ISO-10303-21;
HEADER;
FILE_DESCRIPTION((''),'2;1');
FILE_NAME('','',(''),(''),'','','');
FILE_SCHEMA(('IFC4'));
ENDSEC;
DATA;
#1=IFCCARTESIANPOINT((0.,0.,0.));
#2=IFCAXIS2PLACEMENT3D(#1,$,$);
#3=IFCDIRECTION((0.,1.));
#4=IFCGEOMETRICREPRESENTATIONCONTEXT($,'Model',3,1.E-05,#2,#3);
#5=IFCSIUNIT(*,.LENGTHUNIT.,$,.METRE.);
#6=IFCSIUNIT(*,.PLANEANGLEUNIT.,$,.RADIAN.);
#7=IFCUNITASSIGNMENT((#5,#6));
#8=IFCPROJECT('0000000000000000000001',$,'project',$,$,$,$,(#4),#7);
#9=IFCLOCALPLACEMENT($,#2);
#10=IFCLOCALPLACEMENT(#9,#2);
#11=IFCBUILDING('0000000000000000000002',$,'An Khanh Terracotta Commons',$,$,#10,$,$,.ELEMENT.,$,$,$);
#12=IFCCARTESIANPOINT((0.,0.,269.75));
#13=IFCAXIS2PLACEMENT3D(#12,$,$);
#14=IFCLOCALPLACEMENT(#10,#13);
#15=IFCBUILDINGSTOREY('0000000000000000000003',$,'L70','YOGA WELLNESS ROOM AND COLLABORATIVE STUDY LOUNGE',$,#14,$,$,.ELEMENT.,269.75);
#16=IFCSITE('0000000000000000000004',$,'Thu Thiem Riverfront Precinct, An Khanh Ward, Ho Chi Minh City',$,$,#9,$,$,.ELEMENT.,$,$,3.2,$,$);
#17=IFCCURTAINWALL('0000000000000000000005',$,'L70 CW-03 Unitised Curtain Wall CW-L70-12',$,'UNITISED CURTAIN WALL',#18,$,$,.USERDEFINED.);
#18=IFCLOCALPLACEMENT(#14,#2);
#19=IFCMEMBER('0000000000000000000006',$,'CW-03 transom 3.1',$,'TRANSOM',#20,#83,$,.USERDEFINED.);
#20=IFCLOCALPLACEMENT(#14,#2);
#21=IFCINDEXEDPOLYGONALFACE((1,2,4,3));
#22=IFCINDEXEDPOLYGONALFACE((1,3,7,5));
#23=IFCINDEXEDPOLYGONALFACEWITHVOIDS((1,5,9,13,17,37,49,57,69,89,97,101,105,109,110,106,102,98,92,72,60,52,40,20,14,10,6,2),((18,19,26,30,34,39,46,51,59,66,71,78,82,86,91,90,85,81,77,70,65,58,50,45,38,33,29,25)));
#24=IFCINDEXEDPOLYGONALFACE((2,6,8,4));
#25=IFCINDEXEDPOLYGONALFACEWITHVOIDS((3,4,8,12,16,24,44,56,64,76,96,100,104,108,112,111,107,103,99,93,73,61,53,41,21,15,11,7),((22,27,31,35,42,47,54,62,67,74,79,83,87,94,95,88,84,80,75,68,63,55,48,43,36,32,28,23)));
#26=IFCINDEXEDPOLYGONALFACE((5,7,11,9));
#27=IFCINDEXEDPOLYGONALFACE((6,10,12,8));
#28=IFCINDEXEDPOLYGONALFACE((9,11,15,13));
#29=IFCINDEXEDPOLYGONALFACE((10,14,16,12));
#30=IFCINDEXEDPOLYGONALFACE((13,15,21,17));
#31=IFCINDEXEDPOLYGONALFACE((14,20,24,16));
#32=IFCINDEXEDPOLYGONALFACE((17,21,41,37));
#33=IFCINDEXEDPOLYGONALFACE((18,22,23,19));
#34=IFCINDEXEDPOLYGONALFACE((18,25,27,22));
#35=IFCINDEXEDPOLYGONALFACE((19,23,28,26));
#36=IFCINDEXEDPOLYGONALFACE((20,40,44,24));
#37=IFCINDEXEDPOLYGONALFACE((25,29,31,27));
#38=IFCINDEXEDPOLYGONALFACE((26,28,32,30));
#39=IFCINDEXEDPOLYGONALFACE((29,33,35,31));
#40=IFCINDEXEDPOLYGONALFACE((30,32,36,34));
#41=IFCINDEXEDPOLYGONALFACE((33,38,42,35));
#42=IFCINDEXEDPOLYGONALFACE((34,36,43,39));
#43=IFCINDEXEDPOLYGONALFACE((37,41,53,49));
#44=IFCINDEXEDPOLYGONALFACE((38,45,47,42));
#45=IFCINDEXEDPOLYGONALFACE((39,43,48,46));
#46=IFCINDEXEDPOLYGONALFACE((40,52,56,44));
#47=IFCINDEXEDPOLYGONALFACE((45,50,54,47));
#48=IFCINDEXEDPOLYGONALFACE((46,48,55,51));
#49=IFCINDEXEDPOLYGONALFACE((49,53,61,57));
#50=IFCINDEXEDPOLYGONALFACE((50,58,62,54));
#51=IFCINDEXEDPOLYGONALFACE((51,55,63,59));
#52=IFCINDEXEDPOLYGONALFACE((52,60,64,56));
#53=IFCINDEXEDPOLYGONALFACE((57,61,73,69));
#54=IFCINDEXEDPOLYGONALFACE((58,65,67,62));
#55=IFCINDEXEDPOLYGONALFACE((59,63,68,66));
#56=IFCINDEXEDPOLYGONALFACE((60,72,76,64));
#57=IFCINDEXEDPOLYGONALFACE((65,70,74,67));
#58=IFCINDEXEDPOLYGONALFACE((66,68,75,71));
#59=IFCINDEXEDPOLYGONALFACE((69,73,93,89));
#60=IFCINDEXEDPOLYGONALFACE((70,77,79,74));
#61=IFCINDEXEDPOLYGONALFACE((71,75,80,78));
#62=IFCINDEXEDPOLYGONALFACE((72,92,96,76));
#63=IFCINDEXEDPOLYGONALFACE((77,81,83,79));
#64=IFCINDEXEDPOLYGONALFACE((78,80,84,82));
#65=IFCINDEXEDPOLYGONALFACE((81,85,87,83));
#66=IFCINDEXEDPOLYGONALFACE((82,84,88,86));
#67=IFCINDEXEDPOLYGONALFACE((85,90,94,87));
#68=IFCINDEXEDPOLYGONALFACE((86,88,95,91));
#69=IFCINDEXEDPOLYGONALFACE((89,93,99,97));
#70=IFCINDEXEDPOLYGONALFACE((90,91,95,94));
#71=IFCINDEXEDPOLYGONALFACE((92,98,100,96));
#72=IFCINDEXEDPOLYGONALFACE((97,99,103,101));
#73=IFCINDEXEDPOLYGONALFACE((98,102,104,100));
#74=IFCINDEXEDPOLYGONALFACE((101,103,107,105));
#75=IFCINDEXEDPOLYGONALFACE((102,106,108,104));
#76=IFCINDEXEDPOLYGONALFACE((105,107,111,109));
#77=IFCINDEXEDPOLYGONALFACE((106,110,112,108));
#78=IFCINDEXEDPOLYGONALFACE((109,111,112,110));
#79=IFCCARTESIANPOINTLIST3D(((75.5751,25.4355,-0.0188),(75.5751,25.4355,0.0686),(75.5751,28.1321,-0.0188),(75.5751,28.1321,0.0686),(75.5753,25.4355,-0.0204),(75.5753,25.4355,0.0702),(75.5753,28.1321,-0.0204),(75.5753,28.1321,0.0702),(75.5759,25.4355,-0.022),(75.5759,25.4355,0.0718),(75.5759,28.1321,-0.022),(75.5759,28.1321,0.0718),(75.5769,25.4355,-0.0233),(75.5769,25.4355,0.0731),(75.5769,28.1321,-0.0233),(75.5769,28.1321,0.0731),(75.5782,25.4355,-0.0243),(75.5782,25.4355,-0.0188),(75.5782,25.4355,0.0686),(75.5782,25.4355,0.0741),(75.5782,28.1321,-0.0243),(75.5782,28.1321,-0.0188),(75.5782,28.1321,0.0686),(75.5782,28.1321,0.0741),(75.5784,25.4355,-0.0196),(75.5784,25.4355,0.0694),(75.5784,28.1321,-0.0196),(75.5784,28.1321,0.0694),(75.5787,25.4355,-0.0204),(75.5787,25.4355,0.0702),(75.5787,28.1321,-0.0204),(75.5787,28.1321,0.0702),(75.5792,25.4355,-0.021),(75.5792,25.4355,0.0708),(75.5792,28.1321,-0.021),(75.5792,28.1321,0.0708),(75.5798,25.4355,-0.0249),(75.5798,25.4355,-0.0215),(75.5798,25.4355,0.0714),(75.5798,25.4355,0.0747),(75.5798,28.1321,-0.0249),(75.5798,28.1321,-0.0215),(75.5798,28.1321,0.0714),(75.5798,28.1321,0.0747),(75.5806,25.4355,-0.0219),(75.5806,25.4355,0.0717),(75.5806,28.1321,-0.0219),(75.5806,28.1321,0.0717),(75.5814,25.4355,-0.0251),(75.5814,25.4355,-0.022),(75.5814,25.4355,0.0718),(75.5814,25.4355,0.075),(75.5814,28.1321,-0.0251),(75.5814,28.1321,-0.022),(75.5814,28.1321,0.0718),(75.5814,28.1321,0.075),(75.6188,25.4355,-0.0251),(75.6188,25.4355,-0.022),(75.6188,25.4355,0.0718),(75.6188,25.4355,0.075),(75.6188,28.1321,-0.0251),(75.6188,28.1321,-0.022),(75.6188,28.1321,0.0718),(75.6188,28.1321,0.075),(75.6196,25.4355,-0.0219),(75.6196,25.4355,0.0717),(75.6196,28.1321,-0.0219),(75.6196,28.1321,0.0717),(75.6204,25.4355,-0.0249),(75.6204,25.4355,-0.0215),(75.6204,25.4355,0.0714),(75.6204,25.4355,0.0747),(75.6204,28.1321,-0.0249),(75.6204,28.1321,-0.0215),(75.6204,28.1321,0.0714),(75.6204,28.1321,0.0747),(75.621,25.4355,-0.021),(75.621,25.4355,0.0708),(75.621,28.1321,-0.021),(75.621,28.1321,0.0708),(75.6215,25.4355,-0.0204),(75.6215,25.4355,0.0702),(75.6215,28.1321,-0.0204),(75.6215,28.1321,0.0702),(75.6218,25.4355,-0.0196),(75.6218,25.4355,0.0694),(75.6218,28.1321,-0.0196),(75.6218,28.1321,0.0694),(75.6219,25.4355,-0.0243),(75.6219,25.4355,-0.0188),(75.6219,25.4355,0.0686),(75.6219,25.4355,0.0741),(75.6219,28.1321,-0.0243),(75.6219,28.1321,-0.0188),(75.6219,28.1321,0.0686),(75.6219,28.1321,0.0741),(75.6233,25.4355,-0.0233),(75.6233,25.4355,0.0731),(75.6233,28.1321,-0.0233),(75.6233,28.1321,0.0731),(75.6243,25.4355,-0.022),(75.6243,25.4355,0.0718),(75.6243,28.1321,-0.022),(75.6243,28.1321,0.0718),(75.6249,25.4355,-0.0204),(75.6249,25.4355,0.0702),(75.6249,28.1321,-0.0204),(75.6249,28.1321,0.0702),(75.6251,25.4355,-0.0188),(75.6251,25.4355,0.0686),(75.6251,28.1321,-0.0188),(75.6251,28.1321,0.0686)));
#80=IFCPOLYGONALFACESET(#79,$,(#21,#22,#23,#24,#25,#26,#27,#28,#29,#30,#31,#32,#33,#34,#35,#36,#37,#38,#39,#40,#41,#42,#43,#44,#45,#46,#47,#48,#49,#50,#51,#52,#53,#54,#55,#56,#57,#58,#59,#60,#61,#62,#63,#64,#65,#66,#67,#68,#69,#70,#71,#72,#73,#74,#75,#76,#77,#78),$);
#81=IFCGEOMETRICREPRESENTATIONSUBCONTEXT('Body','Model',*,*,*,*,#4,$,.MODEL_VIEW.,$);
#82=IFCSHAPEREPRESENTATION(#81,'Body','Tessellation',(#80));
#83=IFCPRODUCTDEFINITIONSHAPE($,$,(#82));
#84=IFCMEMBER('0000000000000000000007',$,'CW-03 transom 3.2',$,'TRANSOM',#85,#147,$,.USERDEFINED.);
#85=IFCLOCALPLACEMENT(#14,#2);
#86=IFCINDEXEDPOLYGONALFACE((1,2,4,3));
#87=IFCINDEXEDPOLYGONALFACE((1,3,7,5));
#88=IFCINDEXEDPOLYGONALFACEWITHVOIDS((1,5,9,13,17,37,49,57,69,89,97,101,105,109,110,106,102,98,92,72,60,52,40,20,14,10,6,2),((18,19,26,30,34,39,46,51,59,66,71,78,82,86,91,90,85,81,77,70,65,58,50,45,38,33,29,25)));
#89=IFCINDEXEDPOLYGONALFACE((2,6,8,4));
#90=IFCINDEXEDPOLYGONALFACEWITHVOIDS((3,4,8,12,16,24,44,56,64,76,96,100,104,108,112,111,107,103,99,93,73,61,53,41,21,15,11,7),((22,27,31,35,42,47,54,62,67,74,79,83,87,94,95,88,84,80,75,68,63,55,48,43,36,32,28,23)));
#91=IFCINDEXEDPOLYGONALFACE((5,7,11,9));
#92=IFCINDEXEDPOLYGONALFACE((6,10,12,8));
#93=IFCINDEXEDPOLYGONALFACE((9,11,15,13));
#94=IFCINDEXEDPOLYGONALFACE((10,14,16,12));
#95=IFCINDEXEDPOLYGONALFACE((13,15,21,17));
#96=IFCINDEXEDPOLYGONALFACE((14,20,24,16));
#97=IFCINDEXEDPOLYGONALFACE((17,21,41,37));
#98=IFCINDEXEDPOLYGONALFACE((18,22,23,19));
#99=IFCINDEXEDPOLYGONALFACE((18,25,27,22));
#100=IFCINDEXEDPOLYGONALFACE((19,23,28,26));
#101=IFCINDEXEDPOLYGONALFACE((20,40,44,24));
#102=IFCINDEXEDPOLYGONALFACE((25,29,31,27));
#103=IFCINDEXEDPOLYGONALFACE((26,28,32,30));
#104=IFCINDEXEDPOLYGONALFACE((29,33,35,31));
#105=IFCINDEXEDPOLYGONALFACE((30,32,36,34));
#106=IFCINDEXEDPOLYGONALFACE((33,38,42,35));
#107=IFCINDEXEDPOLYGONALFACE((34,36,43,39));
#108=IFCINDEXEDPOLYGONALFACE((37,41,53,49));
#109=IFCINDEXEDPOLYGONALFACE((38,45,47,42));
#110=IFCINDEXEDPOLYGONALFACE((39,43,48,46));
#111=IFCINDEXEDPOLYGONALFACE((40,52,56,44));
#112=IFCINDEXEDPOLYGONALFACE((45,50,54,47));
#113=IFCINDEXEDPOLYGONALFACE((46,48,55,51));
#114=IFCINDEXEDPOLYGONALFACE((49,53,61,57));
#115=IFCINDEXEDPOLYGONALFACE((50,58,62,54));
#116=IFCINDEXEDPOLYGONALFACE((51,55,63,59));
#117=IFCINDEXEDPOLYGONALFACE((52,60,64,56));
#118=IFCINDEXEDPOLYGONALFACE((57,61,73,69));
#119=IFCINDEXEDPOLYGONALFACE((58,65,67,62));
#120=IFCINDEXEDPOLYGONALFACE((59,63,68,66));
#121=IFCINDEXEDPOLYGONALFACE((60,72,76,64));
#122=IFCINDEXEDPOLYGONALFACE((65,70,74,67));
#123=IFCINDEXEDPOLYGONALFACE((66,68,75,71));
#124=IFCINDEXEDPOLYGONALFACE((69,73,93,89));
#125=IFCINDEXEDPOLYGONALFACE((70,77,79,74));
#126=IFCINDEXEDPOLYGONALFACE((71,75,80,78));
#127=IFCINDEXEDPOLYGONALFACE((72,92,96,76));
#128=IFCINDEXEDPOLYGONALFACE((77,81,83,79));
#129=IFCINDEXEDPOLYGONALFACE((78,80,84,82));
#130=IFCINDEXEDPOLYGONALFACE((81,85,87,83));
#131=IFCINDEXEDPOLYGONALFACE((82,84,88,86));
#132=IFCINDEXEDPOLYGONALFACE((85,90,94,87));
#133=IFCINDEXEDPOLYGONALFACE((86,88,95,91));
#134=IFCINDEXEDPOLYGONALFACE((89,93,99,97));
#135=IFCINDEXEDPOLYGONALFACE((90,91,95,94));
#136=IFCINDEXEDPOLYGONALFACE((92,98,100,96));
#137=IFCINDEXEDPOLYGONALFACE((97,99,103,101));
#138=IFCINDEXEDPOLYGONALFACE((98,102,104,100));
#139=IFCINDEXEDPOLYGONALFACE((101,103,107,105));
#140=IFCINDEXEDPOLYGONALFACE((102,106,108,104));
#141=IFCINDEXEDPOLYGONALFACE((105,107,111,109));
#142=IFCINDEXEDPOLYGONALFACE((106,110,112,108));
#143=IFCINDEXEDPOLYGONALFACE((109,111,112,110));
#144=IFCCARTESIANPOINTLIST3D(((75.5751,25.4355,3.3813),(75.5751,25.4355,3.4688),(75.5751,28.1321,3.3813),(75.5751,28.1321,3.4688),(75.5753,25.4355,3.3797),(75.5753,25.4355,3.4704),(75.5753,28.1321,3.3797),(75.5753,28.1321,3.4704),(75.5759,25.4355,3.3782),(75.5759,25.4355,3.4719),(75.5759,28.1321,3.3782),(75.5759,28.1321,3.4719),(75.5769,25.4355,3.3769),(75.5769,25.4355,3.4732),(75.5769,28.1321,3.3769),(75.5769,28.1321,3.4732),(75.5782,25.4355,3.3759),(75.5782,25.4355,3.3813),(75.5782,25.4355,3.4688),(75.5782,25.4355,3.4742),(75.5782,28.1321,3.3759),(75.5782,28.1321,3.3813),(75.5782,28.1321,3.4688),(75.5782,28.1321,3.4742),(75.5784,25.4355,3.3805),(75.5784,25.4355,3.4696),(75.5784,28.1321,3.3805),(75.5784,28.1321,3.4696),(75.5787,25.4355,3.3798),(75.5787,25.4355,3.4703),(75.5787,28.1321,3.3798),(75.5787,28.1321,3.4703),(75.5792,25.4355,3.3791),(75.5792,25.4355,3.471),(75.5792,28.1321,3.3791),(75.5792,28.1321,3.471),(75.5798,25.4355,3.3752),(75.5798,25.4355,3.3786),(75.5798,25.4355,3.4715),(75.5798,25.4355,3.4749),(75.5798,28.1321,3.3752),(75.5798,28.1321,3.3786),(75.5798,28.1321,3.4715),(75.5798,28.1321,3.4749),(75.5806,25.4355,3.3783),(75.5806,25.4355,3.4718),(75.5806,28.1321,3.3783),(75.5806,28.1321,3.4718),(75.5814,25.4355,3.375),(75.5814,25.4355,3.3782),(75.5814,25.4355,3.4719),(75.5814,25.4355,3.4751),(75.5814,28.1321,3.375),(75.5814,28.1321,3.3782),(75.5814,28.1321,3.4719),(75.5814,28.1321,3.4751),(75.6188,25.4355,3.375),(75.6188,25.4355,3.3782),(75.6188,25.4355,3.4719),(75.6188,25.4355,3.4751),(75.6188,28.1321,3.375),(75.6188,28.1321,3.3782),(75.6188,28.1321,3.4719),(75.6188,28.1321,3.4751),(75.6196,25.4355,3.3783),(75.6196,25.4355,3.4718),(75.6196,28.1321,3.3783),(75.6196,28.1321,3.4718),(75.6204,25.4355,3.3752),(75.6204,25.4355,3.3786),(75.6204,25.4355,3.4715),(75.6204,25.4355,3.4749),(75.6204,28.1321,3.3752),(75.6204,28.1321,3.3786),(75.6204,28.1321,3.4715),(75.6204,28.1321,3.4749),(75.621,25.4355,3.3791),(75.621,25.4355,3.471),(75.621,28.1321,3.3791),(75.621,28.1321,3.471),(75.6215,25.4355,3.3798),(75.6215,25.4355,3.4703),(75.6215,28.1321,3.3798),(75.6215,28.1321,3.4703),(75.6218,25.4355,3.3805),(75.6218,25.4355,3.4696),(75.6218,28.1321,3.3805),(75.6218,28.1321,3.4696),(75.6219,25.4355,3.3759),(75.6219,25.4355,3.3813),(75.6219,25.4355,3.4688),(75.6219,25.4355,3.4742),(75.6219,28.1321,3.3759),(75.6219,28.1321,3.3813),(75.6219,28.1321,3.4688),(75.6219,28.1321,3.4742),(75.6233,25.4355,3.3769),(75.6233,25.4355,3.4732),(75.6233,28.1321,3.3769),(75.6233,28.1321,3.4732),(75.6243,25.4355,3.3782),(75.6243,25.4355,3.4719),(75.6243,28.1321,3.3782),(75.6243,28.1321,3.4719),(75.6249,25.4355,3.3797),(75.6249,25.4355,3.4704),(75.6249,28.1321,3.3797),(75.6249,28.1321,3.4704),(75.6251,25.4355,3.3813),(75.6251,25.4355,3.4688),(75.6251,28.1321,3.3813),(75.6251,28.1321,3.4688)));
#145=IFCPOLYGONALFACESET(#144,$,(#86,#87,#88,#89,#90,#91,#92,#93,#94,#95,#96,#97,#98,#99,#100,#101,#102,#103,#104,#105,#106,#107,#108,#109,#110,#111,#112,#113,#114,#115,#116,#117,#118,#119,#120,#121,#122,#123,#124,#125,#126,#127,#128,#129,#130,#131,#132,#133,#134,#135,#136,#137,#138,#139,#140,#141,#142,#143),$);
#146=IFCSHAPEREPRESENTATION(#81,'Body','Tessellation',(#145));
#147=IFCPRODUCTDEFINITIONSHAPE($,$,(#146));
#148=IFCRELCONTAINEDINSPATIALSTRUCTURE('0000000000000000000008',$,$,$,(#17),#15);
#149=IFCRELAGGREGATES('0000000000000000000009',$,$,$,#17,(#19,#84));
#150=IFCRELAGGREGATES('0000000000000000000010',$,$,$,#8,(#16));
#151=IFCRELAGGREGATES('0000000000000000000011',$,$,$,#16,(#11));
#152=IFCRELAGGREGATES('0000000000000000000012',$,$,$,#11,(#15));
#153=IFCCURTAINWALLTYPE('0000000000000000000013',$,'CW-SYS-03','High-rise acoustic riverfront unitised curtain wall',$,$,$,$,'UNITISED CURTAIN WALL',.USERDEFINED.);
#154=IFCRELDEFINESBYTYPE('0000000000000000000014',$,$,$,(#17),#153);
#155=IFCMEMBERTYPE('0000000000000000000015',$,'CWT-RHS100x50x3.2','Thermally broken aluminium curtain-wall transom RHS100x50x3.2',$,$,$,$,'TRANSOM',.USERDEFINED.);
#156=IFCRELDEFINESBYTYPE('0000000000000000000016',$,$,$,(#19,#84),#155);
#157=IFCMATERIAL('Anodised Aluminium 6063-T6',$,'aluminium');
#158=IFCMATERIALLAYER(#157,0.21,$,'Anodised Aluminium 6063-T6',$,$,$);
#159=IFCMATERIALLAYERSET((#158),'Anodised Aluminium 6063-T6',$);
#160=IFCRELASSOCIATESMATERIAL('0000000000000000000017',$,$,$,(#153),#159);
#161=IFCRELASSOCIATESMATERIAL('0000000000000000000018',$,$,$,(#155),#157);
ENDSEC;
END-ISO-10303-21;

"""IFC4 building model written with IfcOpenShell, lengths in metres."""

from ifc_helpers import new_model, si_unit, direction, frame, origin, origin_2d, place, context, subcontext, project, spatial, hollow_rectangle, extrude, material, layer, layer_set, material_profile, profile_set, type_object, element, aggregate, save


model = new_model("IFC4")

# Units and contexts
model_context = context("Model", 3, precision=1e-05, world=origin(), true_north=direction((0.0, 1.0)))
body_context = subcontext(model_context, "Body", "Model", "MODEL_VIEW")
ifc_project = project(units=[si_unit("LENGTHUNIT", "METRE"), si_unit("PLANEANGLEUNIT", "RADIAN")], contexts=[model_context])

# Site, building, storey
site_placement = place(None, origin())
site = spatial("IfcSite", under=ifc_project, at=site_placement, Name="Thu Thiem Riverfront Precinct, An Khanh Ward, Ho Chi Minh City", CompositionType="ELEMENT", RefElevation=3.2)
building_placement = place(site_placement, origin())
building = spatial("IfcBuilding", under=site, at=building_placement, Name="An Khanh Terracotta Commons", CompositionType="ELEMENT")
storey_placement = place(building_placement, frame((0.0, 0.0, 269.75)))
storey = spatial("IfcBuildingStorey", under=building, at=storey_placement, Name="L70", Description="YOGA WELLNESS ROOM AND COLLABORATIVE STUDY LOUNGE", CompositionType="ELEMENT", Elevation=269.75)

# Curtain wall
ifc_material_1 = material(Name="Anodised Aluminium 6063-T6", Category="aluminium")
ifc_layer_1 = layer(ifc_material_1, 0.21, Name="Anodised Aluminium 6063-T6")
ifc_layer_set_1 = layer_set([ifc_layer_1], Name="Anodised Aluminium 6063-T6")
curtain_wall_type = type_object("IfcCurtainWallType", Name="CW-SYS-03", Description="High-rise acoustic riverfront unitised curtain wall", ElementType="UNITISED CURTAIN WALL", PredefinedType="USERDEFINED", material=ifc_layer_set_1)
curtain_wall_1_placement = place(storey_placement, origin())
curtain_wall_1 = element("IfcCurtainWall", 1, at=curtain_wall_1_placement, inside=storey, type_object=curtain_wall_type, Name="L70 CW-03 Unitised Curtain Wall CW-L70-12", ObjectType="UNITISED CURTAIN WALL", PredefinedType="USERDEFINED")

# Members
ifc_material_profile_1 = material_profile(ifc_material_1, hollow_rectangle(XDim=0.05, YDim=0.1001, WallThickness=0.0032, InnerFilletRadius=0.0032, OuterFilletRadius=0.0063, at=origin_2d()), Name="RHS100x50x3.2")
ifc_profile_set_1 = profile_set([ifc_material_profile_1], Name="Anodised Aluminium 6063-T6")
member_type_1 = type_object("IfcMemberType", Name="CWT-RHS100x50x3.2", Description="Thermally broken aluminium curtain-wall transom RHS100x50x3.2", ElementType="TRANSOM", PredefinedType="USERDEFINED", material=ifc_profile_set_1)
member_1_placement = place(storey_placement, frame((75.6001, 25.4355, 0.0249), z_axis=(0.0, 1.0, 0.0), x_axis=(-1.0, 0.0, 0.0)))
member_1 = element("IfcMember", 2, at=member_1_placement, type_object=member_type_1, Name="CW-03 transom 3.1", ObjectType="TRANSOM", PredefinedType="USERDEFINED", context=body_context, shape_type="SweptSolid", body=[
    extrude(hollow_rectangle(XDim=0.05, YDim=0.1001, WallThickness=0.0032, InnerFilletRadius=0.0032, OuterFilletRadius=0.0063, at=origin_2d()), origin(), (0.0, 0.0, 1.0), 2.6965),
])
member_2_placement = place(storey_placement, frame((75.6001, 25.4355, 3.425), z_axis=(0.0, 1.0, 0.0), x_axis=(-1.0, 0.0, 0.0)))
member_2 = element("IfcMember", 3, at=member_2_placement, type_object=member_type_1, Name="CW-03 transom 3.2", ObjectType="TRANSOM", PredefinedType="USERDEFINED", context=body_context, shape_type="SweptSolid", body=[
    extrude(hollow_rectangle(XDim=0.05, YDim=0.1001, WallThickness=0.0032, InnerFilletRadius=0.0032, OuterFilletRadius=0.0063, at=origin_2d()), origin(), (0.0, 0.0, 1.0), 2.6965),
])

aggregate(curtain_wall_1, [member_1, member_2])

save(model, "model.ifc")
